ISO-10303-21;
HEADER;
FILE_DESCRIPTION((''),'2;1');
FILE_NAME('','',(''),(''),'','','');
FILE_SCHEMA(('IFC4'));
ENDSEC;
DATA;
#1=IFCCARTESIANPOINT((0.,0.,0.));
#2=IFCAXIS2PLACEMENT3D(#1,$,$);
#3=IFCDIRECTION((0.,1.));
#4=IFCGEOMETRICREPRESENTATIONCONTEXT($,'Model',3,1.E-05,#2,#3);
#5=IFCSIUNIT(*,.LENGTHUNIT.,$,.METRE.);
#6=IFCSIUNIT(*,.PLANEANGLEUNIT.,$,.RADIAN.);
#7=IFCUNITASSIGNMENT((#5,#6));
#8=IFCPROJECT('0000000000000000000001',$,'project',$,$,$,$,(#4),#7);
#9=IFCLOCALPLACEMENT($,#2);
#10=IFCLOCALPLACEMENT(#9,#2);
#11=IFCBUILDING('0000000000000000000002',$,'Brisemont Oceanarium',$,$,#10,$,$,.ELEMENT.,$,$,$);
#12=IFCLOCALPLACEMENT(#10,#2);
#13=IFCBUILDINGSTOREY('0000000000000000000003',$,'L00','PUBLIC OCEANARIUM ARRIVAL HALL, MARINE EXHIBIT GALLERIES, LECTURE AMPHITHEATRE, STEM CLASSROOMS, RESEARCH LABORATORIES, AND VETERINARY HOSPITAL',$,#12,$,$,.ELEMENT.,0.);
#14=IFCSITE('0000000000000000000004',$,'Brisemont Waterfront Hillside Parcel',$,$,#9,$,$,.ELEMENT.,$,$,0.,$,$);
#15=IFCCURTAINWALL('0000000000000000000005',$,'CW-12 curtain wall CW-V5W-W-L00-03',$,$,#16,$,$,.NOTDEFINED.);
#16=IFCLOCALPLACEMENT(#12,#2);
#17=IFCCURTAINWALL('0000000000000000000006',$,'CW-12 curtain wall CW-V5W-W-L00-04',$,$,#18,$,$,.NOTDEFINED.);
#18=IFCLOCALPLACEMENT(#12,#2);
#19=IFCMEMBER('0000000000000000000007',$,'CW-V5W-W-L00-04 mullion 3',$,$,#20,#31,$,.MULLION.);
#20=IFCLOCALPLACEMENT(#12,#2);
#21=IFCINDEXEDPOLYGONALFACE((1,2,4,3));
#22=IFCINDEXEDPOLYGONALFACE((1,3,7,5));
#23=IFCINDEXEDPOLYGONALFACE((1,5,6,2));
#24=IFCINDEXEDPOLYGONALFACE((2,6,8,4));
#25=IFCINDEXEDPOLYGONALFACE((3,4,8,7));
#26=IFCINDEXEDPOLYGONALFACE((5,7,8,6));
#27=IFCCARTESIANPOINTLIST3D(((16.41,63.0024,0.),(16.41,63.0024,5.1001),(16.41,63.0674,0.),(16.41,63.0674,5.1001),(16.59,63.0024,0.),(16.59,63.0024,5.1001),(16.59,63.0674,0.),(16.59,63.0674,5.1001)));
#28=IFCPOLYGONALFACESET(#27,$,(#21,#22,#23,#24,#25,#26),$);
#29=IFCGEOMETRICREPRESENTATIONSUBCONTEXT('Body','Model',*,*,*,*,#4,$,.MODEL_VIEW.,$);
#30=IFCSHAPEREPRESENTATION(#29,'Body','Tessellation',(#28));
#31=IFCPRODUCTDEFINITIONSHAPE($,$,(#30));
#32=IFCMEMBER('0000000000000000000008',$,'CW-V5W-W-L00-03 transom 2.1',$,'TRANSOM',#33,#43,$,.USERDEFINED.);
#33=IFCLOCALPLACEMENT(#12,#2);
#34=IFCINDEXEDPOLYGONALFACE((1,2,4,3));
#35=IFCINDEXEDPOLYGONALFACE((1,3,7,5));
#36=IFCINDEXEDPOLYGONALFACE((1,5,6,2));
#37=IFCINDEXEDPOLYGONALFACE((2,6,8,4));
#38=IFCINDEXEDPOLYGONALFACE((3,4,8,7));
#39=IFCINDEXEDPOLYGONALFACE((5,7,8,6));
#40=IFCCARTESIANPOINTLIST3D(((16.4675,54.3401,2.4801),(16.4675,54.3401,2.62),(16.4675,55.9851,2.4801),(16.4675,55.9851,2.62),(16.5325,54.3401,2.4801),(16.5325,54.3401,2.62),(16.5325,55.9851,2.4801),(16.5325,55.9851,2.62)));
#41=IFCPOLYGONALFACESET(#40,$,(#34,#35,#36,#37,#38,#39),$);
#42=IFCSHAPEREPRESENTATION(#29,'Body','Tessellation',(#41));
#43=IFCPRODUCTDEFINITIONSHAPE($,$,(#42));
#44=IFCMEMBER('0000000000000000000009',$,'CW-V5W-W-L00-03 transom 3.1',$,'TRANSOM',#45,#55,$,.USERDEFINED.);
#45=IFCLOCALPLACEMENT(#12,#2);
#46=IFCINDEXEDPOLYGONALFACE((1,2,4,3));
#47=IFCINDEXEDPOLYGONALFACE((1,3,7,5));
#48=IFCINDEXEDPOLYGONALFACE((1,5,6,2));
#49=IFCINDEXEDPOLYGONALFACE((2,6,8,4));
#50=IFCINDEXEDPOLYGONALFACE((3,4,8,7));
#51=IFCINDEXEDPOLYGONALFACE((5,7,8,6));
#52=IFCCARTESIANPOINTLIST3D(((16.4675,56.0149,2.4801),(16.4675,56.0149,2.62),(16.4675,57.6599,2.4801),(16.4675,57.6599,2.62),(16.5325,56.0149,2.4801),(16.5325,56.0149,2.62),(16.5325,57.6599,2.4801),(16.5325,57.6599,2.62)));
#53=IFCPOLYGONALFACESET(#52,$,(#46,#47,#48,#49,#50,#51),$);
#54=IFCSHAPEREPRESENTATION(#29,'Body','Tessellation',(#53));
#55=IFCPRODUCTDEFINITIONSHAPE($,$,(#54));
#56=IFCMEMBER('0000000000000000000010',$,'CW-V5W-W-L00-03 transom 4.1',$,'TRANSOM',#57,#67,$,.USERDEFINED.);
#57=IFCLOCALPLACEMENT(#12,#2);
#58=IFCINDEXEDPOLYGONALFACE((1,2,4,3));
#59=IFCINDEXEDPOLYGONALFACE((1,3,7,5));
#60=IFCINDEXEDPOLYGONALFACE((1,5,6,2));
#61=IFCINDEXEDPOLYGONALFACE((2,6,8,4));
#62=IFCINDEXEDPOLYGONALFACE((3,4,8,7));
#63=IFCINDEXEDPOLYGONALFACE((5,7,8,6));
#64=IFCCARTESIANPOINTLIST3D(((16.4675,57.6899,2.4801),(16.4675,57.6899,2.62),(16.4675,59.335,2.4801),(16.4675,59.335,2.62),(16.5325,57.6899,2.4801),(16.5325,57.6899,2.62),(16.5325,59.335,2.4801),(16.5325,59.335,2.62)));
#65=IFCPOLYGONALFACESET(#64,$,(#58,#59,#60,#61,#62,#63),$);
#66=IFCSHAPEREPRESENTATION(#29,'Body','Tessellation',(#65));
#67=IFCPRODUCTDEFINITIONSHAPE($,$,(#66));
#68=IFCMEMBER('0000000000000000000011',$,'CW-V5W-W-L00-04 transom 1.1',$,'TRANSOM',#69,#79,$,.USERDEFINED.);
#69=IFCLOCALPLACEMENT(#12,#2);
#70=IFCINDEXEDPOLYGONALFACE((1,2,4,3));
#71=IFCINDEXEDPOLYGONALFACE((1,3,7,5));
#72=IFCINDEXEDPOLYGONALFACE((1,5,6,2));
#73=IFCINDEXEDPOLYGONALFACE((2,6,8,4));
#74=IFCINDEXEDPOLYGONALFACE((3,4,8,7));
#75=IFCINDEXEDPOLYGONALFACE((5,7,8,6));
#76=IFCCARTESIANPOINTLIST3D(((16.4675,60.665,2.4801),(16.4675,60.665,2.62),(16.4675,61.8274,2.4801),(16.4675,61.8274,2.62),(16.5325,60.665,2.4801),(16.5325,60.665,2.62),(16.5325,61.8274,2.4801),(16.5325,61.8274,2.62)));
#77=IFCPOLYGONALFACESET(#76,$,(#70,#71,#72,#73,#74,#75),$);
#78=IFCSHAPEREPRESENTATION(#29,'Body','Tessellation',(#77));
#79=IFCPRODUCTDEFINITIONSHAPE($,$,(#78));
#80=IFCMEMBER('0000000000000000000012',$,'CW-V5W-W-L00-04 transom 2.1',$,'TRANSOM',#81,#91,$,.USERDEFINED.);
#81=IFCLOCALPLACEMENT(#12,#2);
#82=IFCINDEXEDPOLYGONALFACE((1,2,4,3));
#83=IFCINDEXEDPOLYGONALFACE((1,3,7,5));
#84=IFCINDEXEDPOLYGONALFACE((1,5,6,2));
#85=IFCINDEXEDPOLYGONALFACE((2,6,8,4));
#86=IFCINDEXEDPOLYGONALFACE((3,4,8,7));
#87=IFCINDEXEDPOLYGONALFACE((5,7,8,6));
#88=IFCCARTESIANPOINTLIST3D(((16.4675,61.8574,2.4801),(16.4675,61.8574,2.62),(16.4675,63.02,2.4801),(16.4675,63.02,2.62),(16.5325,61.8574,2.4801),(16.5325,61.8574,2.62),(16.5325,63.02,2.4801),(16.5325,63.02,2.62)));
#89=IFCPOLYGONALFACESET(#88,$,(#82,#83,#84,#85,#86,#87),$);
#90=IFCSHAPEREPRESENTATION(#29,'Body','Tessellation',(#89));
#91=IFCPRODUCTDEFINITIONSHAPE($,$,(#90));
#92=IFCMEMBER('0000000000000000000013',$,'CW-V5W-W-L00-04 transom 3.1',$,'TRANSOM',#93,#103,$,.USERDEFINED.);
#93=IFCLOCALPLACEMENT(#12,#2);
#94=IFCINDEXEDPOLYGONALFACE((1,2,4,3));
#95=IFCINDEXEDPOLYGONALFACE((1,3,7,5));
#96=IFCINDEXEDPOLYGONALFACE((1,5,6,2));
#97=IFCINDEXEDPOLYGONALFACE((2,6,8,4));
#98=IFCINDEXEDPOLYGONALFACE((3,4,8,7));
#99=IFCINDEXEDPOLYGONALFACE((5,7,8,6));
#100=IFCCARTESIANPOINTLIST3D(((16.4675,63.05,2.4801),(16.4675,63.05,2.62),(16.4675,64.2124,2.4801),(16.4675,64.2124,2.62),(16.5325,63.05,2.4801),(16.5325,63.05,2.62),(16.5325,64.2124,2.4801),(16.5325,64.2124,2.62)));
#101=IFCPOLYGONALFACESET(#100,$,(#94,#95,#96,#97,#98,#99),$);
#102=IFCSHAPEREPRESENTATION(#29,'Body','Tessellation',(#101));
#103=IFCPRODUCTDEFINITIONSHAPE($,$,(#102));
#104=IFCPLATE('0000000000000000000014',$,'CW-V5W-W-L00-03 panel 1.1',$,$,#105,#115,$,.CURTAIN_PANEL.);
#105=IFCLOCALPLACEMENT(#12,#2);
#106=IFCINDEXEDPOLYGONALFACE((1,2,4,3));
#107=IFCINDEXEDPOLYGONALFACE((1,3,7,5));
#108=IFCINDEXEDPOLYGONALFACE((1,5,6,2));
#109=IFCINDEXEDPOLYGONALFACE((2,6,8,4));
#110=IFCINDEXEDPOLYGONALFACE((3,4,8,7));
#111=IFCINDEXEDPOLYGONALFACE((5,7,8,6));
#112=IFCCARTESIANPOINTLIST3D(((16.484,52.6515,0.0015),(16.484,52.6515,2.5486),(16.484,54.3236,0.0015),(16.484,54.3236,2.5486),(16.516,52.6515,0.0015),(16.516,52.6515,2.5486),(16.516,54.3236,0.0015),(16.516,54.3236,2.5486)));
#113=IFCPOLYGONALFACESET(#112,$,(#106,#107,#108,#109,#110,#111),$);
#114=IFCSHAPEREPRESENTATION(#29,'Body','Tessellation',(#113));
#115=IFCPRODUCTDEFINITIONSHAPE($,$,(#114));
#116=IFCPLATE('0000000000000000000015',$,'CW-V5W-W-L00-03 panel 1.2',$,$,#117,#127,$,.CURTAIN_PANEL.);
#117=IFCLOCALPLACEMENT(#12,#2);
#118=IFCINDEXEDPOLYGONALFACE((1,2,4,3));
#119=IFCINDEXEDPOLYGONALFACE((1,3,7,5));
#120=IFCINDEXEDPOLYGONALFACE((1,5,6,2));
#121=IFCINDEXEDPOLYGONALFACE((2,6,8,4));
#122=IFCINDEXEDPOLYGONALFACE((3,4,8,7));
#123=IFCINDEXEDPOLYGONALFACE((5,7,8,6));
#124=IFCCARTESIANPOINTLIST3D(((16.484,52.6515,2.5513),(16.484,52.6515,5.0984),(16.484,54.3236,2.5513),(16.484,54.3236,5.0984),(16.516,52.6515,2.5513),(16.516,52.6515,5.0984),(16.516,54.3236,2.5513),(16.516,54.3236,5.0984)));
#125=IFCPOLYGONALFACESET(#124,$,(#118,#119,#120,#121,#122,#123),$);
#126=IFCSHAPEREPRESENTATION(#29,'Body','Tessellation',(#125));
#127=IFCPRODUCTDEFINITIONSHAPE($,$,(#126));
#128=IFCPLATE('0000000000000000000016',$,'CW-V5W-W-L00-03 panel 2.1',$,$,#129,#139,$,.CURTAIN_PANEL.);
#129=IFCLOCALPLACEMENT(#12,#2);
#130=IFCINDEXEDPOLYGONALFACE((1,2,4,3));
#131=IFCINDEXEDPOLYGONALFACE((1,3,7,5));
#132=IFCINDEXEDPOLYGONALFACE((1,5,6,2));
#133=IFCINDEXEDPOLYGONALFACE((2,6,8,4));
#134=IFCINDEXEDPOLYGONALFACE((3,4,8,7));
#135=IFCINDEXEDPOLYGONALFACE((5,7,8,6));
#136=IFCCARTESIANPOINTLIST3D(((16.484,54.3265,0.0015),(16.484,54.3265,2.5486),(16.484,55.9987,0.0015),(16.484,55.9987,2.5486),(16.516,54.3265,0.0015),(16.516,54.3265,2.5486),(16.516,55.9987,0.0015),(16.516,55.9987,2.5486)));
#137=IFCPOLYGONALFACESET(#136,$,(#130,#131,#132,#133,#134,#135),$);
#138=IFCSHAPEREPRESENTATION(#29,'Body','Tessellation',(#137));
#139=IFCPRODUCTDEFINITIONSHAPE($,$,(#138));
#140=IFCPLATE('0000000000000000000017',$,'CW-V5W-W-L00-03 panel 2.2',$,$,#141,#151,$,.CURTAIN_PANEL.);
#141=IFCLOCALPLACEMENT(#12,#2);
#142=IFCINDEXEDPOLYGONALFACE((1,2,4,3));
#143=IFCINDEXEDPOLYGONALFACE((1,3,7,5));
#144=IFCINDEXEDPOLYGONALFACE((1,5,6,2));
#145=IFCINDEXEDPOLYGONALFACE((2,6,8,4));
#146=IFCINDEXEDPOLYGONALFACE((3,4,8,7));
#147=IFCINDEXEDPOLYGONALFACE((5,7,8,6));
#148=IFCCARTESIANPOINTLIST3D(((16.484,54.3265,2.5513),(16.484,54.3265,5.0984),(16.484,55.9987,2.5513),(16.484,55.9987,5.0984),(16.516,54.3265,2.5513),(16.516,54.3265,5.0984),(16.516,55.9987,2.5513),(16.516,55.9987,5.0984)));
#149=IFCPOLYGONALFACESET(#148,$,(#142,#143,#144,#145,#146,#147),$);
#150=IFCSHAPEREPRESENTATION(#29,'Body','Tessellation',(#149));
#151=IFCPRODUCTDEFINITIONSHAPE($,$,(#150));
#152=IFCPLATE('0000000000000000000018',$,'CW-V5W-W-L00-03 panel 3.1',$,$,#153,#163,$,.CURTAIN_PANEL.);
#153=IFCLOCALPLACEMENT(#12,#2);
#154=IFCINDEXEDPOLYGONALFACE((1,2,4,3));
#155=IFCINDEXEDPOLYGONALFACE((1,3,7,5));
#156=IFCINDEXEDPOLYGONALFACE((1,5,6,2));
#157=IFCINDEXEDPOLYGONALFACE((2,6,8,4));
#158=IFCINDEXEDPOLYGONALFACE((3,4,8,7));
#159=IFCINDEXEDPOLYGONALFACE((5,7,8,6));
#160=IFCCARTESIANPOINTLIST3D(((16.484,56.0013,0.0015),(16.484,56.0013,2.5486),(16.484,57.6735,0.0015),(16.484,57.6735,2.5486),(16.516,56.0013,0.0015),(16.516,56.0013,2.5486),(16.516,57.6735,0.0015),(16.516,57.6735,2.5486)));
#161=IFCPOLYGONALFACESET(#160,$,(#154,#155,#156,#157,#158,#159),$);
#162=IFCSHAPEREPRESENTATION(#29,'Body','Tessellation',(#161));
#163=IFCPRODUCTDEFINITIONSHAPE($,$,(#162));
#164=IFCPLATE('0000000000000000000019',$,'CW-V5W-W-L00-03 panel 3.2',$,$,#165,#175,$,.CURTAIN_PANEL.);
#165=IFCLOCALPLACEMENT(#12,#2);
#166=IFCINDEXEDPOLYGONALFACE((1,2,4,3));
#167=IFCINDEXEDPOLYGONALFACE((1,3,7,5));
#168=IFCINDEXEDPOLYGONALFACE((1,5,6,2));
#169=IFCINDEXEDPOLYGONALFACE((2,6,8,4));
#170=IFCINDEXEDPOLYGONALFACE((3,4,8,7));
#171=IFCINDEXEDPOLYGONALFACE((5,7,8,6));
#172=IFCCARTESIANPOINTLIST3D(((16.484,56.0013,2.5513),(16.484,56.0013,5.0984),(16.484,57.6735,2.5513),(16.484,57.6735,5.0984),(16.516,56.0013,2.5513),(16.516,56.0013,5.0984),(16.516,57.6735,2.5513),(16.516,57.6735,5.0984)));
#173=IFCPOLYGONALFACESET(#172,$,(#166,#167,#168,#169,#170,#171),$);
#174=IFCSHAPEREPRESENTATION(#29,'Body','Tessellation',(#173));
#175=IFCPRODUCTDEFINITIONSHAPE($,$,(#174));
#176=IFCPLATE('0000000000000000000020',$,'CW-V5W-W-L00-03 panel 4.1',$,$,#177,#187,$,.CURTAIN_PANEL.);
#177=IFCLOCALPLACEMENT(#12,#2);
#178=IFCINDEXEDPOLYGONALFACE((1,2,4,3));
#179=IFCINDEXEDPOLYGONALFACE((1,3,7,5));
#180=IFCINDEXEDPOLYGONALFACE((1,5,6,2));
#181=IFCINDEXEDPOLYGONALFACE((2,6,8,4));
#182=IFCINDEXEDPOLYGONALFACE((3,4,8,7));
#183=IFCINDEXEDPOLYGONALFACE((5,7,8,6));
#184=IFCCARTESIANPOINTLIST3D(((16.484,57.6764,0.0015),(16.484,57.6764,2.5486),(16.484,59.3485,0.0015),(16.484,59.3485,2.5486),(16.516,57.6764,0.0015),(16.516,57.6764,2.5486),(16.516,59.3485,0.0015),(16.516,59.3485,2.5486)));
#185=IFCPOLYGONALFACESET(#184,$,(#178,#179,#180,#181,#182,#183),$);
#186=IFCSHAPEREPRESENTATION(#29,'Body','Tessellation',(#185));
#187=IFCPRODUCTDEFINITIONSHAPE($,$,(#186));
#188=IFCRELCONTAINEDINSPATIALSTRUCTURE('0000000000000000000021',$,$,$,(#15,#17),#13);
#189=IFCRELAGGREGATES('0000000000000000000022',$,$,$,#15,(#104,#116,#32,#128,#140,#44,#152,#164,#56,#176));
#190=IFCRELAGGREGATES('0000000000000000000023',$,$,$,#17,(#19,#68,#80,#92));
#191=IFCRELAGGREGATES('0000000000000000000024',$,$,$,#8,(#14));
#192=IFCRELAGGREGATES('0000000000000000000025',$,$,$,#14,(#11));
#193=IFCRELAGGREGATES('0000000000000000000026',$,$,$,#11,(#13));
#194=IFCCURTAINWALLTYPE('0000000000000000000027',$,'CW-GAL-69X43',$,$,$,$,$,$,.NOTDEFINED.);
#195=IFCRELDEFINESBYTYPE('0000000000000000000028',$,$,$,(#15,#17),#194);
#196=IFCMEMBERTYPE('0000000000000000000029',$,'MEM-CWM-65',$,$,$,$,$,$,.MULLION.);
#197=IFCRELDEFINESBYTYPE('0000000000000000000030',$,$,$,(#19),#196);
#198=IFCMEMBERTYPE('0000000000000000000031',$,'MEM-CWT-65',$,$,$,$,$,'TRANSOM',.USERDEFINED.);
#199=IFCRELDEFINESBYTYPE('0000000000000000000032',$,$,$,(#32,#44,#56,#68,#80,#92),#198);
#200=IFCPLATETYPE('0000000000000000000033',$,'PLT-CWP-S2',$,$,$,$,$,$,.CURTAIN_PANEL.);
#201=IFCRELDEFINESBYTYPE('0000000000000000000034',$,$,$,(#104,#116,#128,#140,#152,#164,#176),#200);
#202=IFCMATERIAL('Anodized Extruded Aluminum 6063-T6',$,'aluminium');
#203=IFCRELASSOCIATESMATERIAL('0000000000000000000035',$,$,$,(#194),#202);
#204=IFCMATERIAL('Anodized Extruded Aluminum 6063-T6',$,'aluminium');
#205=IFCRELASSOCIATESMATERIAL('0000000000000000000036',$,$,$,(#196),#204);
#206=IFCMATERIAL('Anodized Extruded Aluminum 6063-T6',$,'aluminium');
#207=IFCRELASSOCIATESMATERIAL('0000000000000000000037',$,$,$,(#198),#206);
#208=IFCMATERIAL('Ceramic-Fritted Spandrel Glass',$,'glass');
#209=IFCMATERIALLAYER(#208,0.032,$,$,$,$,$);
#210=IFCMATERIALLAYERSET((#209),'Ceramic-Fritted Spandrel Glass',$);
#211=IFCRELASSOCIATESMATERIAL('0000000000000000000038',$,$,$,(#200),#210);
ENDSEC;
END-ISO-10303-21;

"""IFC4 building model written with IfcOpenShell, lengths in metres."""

from ifc_helpers import new_model, si_unit, direction, frame, origin, origin_2d, place, context, subcontext, project, spatial, rectangle, extrude, material, layer, layer_set, material_profile, profile_set, type_object, element, aggregate, save


model = new_model("IFC4")

# Units and contexts
model_context = context("Model", 3, precision=1e-05, world=origin(), true_north=direction((0.0, 1.0)))
body_context = subcontext(model_context, "Body", "Model", "MODEL_VIEW")
ifc_project = project(units=[si_unit("LENGTHUNIT", "METRE"), si_unit("PLANEANGLEUNIT", "RADIAN")], contexts=[model_context])

# Site, building, storey
site_placement = place(None, origin())
site = spatial("IfcSite", under=ifc_project, at=site_placement, Name="Brisemont Waterfront Hillside Parcel", CompositionType="ELEMENT", RefElevation=0.0)
building_placement = place(site_placement, origin())
building = spatial("IfcBuilding", under=site, at=building_placement, Name="Brisemont Oceanarium", CompositionType="ELEMENT")
storey_placement = place(building_placement, origin())
storey = spatial("IfcBuildingStorey", under=building, at=storey_placement, Name="L00", Description="PUBLIC OCEANARIUM ARRIVAL HALL, MARINE EXHIBIT GALLERIES, LECTURE AMPHITHEATRE, STEM CLASSROOMS, RESEARCH LABORATORIES, AND VETERINARY HOSPITAL", CompositionType="ELEMENT", Elevation=0.0)

# Curtain walls, member
ifc_material_1 = material(Name="Anodized Extruded Aluminum 6063-T6", Category="aluminium")
curtain_wall_type = type_object("IfcCurtainWallType", Name="CW-GAL-69X43", PredefinedType="NOTDEFINED", material=ifc_material_1)
curtain_wall_1_placement = place(storey_placement, origin())
curtain_wall_1 = element("IfcCurtainWall", 1, at=curtain_wall_1_placement, inside=storey, type_object=curtain_wall_type, Name="CW-12 curtain wall CW-V5W-W-L00-03", PredefinedType="NOTDEFINED")
ifc_material_2 = material(Name="Anodized Extruded Aluminum 6063-T6", Category="aluminium")
ifc_material_profile_1 = material_profile(ifc_material_2, rectangle(XDim=0.0649, YDim=0.1799, at=origin_2d()), Name="CWM-65X180")
ifc_profile_set_1 = profile_set([ifc_material_profile_1], Name="Anodized Extruded Aluminum 6063-T6")
member_type_1 = type_object("IfcMemberType", Name="MEM-CWM-65", PredefinedType="MULLION", material=ifc_profile_set_1)
curtain_wall_2_placement = place(storey_placement, origin())
curtain_wall_2 = element("IfcCurtainWall", 2, at=curtain_wall_2_placement, inside=storey, type_object=curtain_wall_type, Name="CW-12 curtain wall CW-V5W-W-L00-04", PredefinedType="NOTDEFINED")
member_1_placement = place(storey_placement, frame((16.5, 63.0349, 0.0), z_axis=(0.0, 0.0, 1.0), x_axis=(0.0, 1.0, 0.0)))
member_1 = element("IfcMember", 3, at=member_1_placement, type_object=member_type_1, Name="CW-V5W-W-L00-04 mullion 3", PredefinedType="MULLION", context=body_context, shape_type="SweptSolid", body=[
    extrude(rectangle(XDim=0.0649, YDim=0.1799, at=origin_2d()), origin(), (0.0, 0.0, 1.0), 5.1001),
])

# Members
ifc_material_3 = material(Name="Anodized Extruded Aluminum 6063-T6", Category="aluminium")
ifc_material_profile_2 = material_profile(ifc_material_3, rectangle(XDim=0.0649, YDim=0.1399, at=origin_2d()), Name="CWT-65X140")
ifc_profile_set_2 = profile_set([ifc_material_profile_2], Name="Anodized Extruded Aluminum 6063-T6")
member_type_2 = type_object("IfcMemberType", Name="MEM-CWT-65", ElementType="TRANSOM", PredefinedType="USERDEFINED", material=ifc_profile_set_2)
member_2_placement = place(storey_placement, frame((16.5, 54.3401, 2.55), z_axis=(0.0, 1.0, 0.0), x_axis=(-1.0, 0.0, 0.0)))
member_2 = element("IfcMember", 4, at=member_2_placement, type_object=member_type_2, Name="CW-V5W-W-L00-03 transom 2.1", ObjectType="TRANSOM", PredefinedType="USERDEFINED", context=body_context, shape_type="SweptSolid", body=[
    extrude(rectangle(XDim=0.0649, YDim=0.1399, at=origin_2d()), origin(), (0.0, 0.0, 1.0), 1.645),
])
member_3_placement = place(storey_placement, frame((16.5, 56.0149, 2.55), z_axis=(0.0, 1.0, 0.0), x_axis=(-1.0, 0.0, 0.0)))
member_3 = element("IfcMember", 5, at=member_3_placement, type_object=member_type_2, Name="CW-V5W-W-L00-03 transom 3.1", ObjectType="TRANSOM", PredefinedType="USERDEFINED", context=body_context, shape_type="SweptSolid", body=[
    extrude(rectangle(XDim=0.0649, YDim=0.1399, at=origin_2d()), origin(), (0.0, 0.0, 1.0), 1.645),
])
member_4_placement = place(storey_placement, frame((16.5, 57.6899, 2.55), z_axis=(0.0, 1.0, 0.0), x_axis=(-1.0, 0.0, 0.0)))
member_4 = element("IfcMember", 6, at=member_4_placement, type_object=member_type_2, Name="CW-V5W-W-L00-03 transom 4.1", ObjectType="TRANSOM", PredefinedType="USERDEFINED", context=body_context, shape_type="SweptSolid", body=[
    extrude(rectangle(XDim=0.0649, YDim=0.1399, at=origin_2d()), origin(), (0.0, 0.0, 1.0), 1.645),
])
member_5_placement = place(storey_placement, frame((16.5, 60.665, 2.55), z_axis=(0.0, 1.0, 0.0), x_axis=(-1.0, 0.0, 0.0)))
member_5 = element("IfcMember", 7, at=member_5_placement, type_object=member_type_2, Name="CW-V5W-W-L00-04 transom 1.1", ObjectType="TRANSOM", PredefinedType="USERDEFINED", context=body_context, shape_type="SweptSolid", body=[
    extrude(rectangle(XDim=0.0649, YDim=0.1399, at=origin_2d()), origin(), (0.0, 0.0, 1.0), 1.1624),
])
member_6_placement = place(storey_placement, frame((16.5, 61.8574, 2.55), z_axis=(0.0, 1.0, 0.0), x_axis=(-1.0, 0.0, 0.0)))
member_6 = element("IfcMember", 8, at=member_6_placement, type_object=member_type_2, Name="CW-V5W-W-L00-04 transom 2.1", ObjectType="TRANSOM", PredefinedType="USERDEFINED", context=body_context, shape_type="SweptSolid", body=[
    extrude(rectangle(XDim=0.0649, YDim=0.1399, at=origin_2d()), origin(), (0.0, 0.0, 1.0), 1.1626),
])
member_7_placement = place(storey_placement, frame((16.5, 63.05, 2.55), z_axis=(0.0, 1.0, 0.0), x_axis=(-1.0, 0.0, 0.0)))
member_7 = element("IfcMember", 9, at=member_7_placement, type_object=member_type_2, Name="CW-V5W-W-L00-04 transom 3.1", ObjectType="TRANSOM", PredefinedType="USERDEFINED", context=body_context, shape_type="SweptSolid", body=[
    extrude(rectangle(XDim=0.0649, YDim=0.1399, at=origin_2d()), origin(), (0.0, 0.0, 1.0), 1.1624),
])

# Plates
ifc_material_4 = material(Name="Ceramic-Fritted Spandrel Glass", Category="glass")
ifc_layer_1 = layer(ifc_material_4, 0.032)
ifc_layer_set_1 = layer_set([ifc_layer_1], Name="Ceramic-Fritted Spandrel Glass")
plate_type = type_object("IfcPlateType", Name="PLT-CWP-S2", PredefinedType="CURTAIN_PANEL", material=ifc_layer_set_1)
plate_1_placement = place(storey_placement, frame((16.5, 53.4875, 0.0015), z_axis=(0.0, 0.0, 1.0), x_axis=(0.0, 1.0, 0.0)))
plate_1 = element("IfcPlate", 10, at=plate_1_placement, type_object=plate_type, Name="CW-V5W-W-L00-03 panel 1.1", PredefinedType="CURTAIN_PANEL", context=body_context, shape_type="SweptSolid", body=[
    extrude(rectangle(XDim=1.6721, YDim=0.032, at=origin_2d()), origin(), (0.0, 0.0, 1.0), 2.5471),
])
plate_2_placement = place(storey_placement, frame((16.5, 53.4875, 2.5513), z_axis=(0.0, 0.0, 1.0), x_axis=(0.0, 1.0, 0.0)))
plate_2 = element("IfcPlate", 11, at=plate_2_placement, type_object=plate_type, Name="CW-V5W-W-L00-03 panel 1.2", PredefinedType="CURTAIN_PANEL", context=body_context, shape_type="SweptSolid", body=[
    extrude(rectangle(XDim=1.6721, YDim=0.032, at=origin_2d()), origin(), (0.0, 0.0, 1.0), 2.5471),
])
plate_3_placement = place(storey_placement, frame((16.5, 55.1626, 0.0015), z_axis=(0.0, 0.0, 1.0), x_axis=(0.0, 1.0, 0.0)))
plate_3 = element("IfcPlate", 12, at=plate_3_placement, type_object=plate_type, Name="CW-V5W-W-L00-03 panel 2.1", PredefinedType="CURTAIN_PANEL", context=body_context, shape_type="SweptSolid", body=[
    extrude(rectangle(XDim=1.6721, YDim=0.032, at=origin_2d()), origin(), (0.0, 0.0, 1.0), 2.5471),
])
plate_4_placement = place(storey_placement, frame((16.5, 55.1626, 2.5513), z_axis=(0.0, 0.0, 1.0), x_axis=(0.0, 1.0, 0.0)))
plate_4 = element("IfcPlate", 13, at=plate_4_placement, type_object=plate_type, Name="CW-V5W-W-L00-03 panel 2.2", PredefinedType="CURTAIN_PANEL", context=body_context, shape_type="SweptSolid", body=[
    extrude(rectangle(XDim=1.6721, YDim=0.032, at=origin_2d()), origin(), (0.0, 0.0, 1.0), 2.5471),
])
plate_5_placement = place(storey_placement, frame((16.5, 56.8374, 0.0015), z_axis=(0.0, 0.0, 1.0), x_axis=(0.0, 1.0, 0.0)))
plate_5 = element("IfcPlate", 14, at=plate_5_placement, type_object=plate_type, Name="CW-V5W-W-L00-03 panel 3.1", PredefinedType="CURTAIN_PANEL", context=body_context, shape_type="SweptSolid", body=[
    extrude(rectangle(XDim=1.6721, YDim=0.032, at=origin_2d()), origin(), (0.0, 0.0, 1.0), 2.5471),
])
plate_6_placement = place(storey_placement, frame((16.5, 56.8374, 2.5513), z_axis=(0.0, 0.0, 1.0), x_axis=(0.0, 1.0, 0.0)))
plate_6 = element("IfcPlate", 15, at=plate_6_placement, type_object=plate_type, Name="CW-V5W-W-L00-03 panel 3.2", PredefinedType="CURTAIN_PANEL", context=body_context, shape_type="SweptSolid", body=[
    extrude(rectangle(XDim=1.6721, YDim=0.032, at=origin_2d()), origin(), (0.0, 0.0, 1.0), 2.5471),
])
plate_7_placement = place(storey_placement, frame((16.5, 58.5125, 0.0015), z_axis=(0.0, 0.0, 1.0), x_axis=(0.0, 1.0, 0.0)))
plate_7 = element("IfcPlate", 16, at=plate_7_placement, type_object=plate_type, Name="CW-V5W-W-L00-03 panel 4.1", PredefinedType="CURTAIN_PANEL", context=body_context, shape_type="SweptSolid", body=[
    extrude(rectangle(XDim=1.6721, YDim=0.032, at=origin_2d()), origin(), (0.0, 0.0, 1.0), 2.5471),
])
aggregate(curtain_wall_1, [plate_1, plate_2, member_2, plate_3, plate_4, member_3, plate_5, plate_6, member_4, plate_7])
aggregate(curtain_wall_2, [member_1, member_5, member_6, member_7])

save(model, "model.ifc")
